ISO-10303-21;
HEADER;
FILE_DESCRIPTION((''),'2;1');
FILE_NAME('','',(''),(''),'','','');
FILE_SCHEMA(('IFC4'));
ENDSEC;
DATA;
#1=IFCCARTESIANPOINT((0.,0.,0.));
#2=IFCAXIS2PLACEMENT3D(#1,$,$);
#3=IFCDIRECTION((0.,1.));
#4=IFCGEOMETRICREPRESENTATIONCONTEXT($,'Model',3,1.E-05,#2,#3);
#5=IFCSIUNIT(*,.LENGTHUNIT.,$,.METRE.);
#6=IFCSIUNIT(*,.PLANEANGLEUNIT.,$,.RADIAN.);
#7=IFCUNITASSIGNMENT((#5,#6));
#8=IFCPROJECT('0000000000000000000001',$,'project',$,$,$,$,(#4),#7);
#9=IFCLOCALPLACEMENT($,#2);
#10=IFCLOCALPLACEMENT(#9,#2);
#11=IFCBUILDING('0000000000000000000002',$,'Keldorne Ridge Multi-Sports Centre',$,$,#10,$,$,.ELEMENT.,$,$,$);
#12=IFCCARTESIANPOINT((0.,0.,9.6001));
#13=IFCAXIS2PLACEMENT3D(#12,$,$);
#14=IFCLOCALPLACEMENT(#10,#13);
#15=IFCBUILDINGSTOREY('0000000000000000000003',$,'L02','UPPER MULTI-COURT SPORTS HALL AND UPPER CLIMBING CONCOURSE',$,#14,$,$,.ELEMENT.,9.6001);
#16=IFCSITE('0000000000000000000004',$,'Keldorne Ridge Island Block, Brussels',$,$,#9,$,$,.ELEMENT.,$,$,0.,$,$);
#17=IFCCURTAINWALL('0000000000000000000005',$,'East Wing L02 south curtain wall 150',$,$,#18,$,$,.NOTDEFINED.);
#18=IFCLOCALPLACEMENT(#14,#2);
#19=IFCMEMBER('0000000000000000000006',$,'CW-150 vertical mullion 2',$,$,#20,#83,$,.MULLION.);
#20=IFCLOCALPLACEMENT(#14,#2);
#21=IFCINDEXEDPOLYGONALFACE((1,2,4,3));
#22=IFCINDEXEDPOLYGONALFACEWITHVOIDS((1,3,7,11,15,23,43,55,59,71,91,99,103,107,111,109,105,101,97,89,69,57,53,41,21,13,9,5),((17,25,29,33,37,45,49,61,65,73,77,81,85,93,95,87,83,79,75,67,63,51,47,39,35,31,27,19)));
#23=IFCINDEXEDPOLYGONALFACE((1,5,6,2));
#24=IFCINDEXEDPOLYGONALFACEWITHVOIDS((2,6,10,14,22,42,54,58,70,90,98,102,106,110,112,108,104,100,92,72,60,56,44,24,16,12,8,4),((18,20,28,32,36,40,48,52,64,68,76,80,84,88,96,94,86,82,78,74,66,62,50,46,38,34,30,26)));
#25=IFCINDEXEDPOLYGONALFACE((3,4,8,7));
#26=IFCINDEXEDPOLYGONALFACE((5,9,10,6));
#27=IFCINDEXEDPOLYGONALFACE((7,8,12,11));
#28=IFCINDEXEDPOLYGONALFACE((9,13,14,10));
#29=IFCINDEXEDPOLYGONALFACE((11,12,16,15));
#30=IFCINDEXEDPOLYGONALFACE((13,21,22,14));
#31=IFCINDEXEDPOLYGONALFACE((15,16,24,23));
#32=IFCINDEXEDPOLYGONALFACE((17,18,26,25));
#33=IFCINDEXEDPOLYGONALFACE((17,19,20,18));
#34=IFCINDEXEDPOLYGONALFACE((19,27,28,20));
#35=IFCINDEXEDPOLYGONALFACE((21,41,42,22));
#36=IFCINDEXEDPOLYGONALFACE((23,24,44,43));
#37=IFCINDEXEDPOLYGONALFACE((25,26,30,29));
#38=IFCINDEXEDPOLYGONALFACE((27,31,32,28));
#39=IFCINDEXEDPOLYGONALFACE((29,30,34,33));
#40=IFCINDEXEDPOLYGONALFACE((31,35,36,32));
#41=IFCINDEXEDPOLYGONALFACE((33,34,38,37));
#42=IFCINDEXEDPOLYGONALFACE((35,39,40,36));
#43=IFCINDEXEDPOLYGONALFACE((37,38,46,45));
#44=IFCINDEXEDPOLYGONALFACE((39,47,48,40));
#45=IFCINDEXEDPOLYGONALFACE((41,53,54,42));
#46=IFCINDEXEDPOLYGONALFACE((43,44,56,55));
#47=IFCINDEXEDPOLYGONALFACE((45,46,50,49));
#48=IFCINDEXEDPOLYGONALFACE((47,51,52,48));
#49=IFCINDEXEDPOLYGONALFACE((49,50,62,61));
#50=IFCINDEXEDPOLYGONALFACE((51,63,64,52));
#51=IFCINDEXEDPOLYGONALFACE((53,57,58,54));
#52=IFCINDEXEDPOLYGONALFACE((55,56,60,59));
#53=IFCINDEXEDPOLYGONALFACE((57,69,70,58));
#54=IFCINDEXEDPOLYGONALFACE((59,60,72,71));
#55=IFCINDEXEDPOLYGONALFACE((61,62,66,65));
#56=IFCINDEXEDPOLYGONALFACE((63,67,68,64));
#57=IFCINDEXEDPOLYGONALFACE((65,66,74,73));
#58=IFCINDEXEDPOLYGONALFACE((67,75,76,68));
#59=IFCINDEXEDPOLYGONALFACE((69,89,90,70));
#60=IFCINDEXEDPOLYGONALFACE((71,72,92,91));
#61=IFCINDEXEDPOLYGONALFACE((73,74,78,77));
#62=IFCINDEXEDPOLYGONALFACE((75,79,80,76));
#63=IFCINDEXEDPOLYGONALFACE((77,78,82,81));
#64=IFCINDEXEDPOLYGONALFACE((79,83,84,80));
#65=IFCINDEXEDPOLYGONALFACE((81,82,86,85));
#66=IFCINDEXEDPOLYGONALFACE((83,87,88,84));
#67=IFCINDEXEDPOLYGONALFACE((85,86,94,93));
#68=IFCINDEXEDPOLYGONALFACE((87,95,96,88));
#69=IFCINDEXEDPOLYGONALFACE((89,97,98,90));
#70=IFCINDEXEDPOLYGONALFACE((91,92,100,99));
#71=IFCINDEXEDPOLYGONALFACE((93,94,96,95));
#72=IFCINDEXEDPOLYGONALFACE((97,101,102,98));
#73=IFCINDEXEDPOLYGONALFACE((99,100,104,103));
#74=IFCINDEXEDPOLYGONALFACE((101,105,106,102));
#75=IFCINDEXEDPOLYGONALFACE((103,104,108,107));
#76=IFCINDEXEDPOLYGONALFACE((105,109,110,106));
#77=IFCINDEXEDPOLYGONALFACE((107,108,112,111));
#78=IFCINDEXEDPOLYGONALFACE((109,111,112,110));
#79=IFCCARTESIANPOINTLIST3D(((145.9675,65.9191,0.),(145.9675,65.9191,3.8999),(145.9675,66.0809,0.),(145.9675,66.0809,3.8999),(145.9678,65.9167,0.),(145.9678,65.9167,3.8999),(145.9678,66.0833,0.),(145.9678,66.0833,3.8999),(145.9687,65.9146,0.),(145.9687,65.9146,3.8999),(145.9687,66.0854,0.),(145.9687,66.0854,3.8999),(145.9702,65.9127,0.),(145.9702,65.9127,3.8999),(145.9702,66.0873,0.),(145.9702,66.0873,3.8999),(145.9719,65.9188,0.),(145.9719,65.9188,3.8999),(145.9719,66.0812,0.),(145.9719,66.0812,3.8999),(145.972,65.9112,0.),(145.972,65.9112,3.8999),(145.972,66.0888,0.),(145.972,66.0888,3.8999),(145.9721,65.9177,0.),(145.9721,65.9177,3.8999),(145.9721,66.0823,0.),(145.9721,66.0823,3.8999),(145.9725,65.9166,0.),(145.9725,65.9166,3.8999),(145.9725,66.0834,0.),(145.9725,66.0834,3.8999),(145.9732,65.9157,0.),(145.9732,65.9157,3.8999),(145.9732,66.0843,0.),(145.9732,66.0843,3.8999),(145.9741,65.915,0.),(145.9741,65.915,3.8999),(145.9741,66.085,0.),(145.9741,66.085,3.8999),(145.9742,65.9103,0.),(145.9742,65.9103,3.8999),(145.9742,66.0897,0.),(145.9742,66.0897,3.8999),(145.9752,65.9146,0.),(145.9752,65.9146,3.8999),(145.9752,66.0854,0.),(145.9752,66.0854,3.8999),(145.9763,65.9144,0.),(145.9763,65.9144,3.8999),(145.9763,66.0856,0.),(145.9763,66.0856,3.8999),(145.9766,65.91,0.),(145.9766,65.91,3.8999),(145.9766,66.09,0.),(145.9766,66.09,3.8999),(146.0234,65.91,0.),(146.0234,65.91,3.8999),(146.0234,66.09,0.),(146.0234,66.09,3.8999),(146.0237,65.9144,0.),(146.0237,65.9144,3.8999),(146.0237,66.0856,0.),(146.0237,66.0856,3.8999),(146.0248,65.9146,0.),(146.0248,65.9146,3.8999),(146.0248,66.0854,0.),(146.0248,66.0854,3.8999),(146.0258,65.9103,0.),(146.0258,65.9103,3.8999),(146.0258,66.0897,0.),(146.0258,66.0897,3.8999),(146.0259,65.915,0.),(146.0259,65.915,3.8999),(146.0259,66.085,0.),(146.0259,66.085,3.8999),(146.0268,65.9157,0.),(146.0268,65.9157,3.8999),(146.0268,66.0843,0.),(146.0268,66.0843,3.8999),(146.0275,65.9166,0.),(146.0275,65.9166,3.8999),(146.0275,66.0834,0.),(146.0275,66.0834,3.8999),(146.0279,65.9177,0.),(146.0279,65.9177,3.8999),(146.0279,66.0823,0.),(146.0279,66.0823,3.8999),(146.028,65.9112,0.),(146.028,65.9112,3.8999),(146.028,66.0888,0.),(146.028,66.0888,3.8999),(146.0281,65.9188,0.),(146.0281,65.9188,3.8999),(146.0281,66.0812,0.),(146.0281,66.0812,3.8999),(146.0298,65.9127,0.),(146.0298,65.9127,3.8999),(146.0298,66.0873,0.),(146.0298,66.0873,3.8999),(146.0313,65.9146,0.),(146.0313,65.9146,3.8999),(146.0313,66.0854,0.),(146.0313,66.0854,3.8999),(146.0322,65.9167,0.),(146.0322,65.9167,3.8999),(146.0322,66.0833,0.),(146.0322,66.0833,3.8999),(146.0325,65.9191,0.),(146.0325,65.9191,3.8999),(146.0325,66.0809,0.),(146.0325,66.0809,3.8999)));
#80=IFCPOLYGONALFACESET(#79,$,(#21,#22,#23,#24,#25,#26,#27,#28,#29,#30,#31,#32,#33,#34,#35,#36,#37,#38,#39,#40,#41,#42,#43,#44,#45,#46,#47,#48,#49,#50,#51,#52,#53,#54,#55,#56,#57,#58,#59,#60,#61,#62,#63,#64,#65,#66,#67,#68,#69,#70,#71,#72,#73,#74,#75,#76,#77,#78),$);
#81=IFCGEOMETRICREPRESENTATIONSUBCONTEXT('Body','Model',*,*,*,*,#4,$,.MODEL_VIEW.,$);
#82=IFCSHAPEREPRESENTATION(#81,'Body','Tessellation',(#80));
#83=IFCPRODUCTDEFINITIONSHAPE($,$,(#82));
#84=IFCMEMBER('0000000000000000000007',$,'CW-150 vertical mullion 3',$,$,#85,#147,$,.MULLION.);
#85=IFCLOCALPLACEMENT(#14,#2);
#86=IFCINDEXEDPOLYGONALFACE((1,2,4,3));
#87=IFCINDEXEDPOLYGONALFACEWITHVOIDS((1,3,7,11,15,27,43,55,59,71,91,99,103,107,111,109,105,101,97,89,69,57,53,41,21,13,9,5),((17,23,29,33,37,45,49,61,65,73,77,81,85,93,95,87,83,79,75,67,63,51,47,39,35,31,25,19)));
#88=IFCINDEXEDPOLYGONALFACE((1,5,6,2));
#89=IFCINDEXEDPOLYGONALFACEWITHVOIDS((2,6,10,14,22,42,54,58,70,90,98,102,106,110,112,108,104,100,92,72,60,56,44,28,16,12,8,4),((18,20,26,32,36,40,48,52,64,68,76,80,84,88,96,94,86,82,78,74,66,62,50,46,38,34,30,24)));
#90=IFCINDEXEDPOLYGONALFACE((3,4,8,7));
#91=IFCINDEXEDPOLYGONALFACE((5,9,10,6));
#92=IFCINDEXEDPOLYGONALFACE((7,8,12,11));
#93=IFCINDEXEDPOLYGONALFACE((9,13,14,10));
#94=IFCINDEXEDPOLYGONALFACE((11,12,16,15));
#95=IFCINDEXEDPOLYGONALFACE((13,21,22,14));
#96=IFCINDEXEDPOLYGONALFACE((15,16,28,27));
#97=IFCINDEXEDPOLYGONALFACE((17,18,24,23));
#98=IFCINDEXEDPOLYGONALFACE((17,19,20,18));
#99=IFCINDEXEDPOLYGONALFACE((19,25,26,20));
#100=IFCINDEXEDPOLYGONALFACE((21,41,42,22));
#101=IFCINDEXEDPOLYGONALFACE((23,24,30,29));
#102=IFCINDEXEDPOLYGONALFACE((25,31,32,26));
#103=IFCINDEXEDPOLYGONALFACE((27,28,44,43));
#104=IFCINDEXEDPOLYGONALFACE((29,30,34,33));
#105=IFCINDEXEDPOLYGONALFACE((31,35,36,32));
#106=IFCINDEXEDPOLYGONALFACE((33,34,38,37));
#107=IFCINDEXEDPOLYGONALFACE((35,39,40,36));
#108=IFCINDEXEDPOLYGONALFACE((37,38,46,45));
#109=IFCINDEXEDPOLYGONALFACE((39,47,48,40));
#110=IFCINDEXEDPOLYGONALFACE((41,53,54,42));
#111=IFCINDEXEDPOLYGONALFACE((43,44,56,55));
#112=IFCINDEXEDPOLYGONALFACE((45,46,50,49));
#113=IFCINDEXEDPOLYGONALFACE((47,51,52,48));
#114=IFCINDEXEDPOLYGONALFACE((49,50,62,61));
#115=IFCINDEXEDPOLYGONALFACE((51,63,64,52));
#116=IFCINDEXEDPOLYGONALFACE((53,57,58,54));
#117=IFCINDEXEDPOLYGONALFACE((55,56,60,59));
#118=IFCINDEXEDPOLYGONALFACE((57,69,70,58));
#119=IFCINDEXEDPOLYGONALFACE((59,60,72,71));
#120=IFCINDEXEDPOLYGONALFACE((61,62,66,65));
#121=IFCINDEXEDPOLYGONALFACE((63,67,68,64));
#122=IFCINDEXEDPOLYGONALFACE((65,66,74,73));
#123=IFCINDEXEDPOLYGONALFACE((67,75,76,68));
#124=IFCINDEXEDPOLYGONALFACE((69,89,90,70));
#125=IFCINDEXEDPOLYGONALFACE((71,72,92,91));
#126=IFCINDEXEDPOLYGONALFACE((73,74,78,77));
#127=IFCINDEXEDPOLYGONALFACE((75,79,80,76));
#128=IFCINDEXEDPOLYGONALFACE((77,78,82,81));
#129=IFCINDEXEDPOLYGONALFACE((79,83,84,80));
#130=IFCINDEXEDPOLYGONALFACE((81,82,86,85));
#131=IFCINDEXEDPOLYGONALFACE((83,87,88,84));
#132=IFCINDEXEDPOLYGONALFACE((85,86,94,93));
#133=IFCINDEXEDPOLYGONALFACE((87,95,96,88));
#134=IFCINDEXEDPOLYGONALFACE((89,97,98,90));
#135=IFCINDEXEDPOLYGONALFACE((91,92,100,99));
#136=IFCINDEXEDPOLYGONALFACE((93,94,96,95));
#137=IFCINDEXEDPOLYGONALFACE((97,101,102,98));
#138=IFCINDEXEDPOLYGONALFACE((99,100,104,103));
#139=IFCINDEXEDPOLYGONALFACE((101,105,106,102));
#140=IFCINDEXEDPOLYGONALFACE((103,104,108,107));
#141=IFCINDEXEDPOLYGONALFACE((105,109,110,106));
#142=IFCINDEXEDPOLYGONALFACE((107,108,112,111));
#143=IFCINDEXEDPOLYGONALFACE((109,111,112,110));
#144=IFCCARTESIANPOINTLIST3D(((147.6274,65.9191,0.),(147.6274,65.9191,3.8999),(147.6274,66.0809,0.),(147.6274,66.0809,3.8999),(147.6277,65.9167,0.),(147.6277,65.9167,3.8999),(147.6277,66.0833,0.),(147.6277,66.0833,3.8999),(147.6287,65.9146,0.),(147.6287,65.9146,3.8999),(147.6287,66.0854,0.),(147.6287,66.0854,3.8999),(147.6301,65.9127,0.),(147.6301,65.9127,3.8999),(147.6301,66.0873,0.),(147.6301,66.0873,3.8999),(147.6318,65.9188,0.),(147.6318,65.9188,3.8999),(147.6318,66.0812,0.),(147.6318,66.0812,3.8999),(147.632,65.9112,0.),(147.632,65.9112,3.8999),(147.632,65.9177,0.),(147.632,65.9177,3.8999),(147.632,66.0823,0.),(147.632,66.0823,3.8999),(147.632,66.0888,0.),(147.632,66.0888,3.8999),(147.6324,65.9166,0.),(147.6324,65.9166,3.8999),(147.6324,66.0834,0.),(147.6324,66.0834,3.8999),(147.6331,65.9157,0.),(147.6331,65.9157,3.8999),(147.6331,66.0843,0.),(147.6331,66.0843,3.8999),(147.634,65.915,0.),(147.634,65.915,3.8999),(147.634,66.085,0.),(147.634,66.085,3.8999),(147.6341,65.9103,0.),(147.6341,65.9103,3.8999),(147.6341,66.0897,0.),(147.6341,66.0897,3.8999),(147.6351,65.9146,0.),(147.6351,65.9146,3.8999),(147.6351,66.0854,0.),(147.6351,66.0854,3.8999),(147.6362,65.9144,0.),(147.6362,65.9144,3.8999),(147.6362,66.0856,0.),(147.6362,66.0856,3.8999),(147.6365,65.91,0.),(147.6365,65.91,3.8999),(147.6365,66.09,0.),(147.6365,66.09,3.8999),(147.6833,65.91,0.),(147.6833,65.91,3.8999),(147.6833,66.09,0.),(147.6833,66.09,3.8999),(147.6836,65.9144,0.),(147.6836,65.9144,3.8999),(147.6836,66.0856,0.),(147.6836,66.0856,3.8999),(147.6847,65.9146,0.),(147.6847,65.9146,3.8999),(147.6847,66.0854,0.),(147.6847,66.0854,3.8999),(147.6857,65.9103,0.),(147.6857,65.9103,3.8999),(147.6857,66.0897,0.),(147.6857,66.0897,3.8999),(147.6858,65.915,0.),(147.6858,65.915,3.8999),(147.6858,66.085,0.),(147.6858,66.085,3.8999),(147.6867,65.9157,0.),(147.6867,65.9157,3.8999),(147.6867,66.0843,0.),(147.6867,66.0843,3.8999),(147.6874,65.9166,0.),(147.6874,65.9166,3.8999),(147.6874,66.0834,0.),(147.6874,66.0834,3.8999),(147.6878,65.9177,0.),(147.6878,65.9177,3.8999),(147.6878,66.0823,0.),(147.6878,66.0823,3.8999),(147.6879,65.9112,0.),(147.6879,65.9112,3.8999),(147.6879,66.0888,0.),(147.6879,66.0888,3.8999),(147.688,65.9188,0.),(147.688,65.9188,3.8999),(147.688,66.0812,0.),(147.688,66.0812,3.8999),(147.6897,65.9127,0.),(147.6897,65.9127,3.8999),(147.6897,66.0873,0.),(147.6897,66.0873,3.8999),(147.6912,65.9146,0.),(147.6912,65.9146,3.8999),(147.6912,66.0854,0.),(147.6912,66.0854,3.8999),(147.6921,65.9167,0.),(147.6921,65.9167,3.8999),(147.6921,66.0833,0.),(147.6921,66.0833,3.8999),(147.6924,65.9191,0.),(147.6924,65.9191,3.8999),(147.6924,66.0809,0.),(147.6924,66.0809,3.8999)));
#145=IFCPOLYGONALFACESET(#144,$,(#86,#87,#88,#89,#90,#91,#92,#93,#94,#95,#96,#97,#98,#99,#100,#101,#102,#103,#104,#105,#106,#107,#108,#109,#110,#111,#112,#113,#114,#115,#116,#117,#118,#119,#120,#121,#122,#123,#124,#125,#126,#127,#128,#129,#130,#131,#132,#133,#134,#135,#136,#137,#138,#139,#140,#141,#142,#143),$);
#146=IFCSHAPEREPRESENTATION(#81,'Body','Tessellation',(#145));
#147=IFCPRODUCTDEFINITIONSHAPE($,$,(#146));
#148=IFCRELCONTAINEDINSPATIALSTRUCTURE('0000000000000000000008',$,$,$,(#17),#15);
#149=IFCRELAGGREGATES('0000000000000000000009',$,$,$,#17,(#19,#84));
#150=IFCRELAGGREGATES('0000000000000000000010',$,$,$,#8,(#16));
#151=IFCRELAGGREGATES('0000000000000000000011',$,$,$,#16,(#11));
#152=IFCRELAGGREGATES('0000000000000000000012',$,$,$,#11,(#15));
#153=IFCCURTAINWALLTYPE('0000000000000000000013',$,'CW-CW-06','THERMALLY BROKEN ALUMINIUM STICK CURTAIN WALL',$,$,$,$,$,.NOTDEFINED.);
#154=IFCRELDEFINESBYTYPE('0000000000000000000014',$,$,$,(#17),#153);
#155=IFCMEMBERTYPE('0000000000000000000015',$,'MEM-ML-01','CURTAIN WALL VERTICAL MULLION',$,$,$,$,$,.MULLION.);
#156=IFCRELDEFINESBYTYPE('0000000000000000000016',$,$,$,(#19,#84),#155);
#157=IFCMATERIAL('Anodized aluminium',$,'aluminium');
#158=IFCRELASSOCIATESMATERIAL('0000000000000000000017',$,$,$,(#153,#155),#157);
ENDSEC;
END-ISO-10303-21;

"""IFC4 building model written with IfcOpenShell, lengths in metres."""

from ifc_helpers import new_model, si_unit, direction, frame, origin, origin_2d, place, context, subcontext, project, spatial, hollow_rectangle, extrude, material, material_profile, profile_set, type_object, element, aggregate, save


model = new_model("IFC4")

# Units and contexts
model_context = context("Model", 3, precision=1e-05, world=origin(), true_north=direction((0.0, 1.0)))
body_context = subcontext(model_context, "Body", "Model", "MODEL_VIEW")
ifc_project = project(units=[si_unit("LENGTHUNIT", "METRE"), si_unit("PLANEANGLEUNIT", "RADIAN")], contexts=[model_context])

# Site, building, storey
site_placement = place(None, origin())
site = spatial("IfcSite", under=ifc_project, at=site_placement, Name="Keldorne Ridge Island Block, Brussels", CompositionType="ELEMENT", RefElevation=0.0)
building_placement = place(site_placement, origin())
building = spatial("IfcBuilding", under=site, at=building_placement, Name="Keldorne Ridge Multi-Sports Centre", CompositionType="ELEMENT")
storey_placement = place(building_placement, frame((0.0, 0.0, 9.6001)))
storey = spatial("IfcBuildingStorey", under=building, at=storey_placement, Name="L02", Description="UPPER MULTI-COURT SPORTS HALL AND UPPER CLIMBING CONCOURSE", CompositionType="ELEMENT", Elevation=9.6001)

# Curtain wall, members
ifc_material_1 = material(Name="Anodized aluminium", Category="aluminium")
curtain_wall_type = type_object("IfcCurtainWallType", Name="CW-CW-06", Description="THERMALLY BROKEN ALUMINIUM STICK CURTAIN WALL", PredefinedType="NOTDEFINED", material=ifc_material_1)
curtain_wall_placement = place(storey_placement, origin())
curtain_wall = element("IfcCurtainWall", 1, at=curtain_wall_placement, inside=storey, type_object=curtain_wall_type, Name="East Wing L02 south curtain wall 150", PredefinedType="NOTDEFINED")
ifc_material_profile_1 = material_profile(ifc_material_1, hollow_rectangle(XDim=0.0649, YDim=0.1799, WallThickness=0.0044, InnerFilletRadius=0.0044, OuterFilletRadius=0.009, at=origin_2d()), Name="ALU MULLION 180x65x4.5")
ifc_profile_set_1 = profile_set([ifc_material_profile_1], Name="Anodized aluminium")
member_type_1 = type_object("IfcMemberType", Name="MEM-ML-01", Description="CURTAIN WALL VERTICAL MULLION", PredefinedType="MULLION", material=ifc_profile_set_1)
member_1_placement = place(storey_placement, frame((146.0, 66.0, 0.0), z_axis=(0.0, 0.0, 1.0), x_axis=(1.0, 0.0, 0.0)))
member_1 = element("IfcMember", 2, at=member_1_placement, type_object=member_type_1, Name="CW-150 vertical mullion 2", PredefinedType="MULLION", context=body_context, shape_type="SweptSolid", body=[
    extrude(hollow_rectangle(XDim=0.0649, YDim=0.1799, WallThickness=0.0044, InnerFilletRadius=0.0044, OuterFilletRadius=0.009, at=origin_2d()), origin(), (0.0, 0.0, 1.0), 3.8999),
])
member_2_placement = place(storey_placement, frame((147.6599, 66.0, 0.0), z_axis=(0.0, 0.0, 1.0), x_axis=(1.0, 0.0, 0.0)))
member_2 = element("IfcMember", 3, at=member_2_placement, type_object=member_type_1, Name="CW-150 vertical mullion 3", PredefinedType="MULLION", context=body_context, shape_type="SweptSolid", body=[
    extrude(hollow_rectangle(XDim=0.0649, YDim=0.1799, WallThickness=0.0044, InnerFilletRadius=0.0044, OuterFilletRadius=0.009, at=origin_2d()), origin(), (0.0, 0.0, 1.0), 3.8999),
])
aggregate(curtain_wall, [member_1, member_2])

save(model, "model.ifc")
